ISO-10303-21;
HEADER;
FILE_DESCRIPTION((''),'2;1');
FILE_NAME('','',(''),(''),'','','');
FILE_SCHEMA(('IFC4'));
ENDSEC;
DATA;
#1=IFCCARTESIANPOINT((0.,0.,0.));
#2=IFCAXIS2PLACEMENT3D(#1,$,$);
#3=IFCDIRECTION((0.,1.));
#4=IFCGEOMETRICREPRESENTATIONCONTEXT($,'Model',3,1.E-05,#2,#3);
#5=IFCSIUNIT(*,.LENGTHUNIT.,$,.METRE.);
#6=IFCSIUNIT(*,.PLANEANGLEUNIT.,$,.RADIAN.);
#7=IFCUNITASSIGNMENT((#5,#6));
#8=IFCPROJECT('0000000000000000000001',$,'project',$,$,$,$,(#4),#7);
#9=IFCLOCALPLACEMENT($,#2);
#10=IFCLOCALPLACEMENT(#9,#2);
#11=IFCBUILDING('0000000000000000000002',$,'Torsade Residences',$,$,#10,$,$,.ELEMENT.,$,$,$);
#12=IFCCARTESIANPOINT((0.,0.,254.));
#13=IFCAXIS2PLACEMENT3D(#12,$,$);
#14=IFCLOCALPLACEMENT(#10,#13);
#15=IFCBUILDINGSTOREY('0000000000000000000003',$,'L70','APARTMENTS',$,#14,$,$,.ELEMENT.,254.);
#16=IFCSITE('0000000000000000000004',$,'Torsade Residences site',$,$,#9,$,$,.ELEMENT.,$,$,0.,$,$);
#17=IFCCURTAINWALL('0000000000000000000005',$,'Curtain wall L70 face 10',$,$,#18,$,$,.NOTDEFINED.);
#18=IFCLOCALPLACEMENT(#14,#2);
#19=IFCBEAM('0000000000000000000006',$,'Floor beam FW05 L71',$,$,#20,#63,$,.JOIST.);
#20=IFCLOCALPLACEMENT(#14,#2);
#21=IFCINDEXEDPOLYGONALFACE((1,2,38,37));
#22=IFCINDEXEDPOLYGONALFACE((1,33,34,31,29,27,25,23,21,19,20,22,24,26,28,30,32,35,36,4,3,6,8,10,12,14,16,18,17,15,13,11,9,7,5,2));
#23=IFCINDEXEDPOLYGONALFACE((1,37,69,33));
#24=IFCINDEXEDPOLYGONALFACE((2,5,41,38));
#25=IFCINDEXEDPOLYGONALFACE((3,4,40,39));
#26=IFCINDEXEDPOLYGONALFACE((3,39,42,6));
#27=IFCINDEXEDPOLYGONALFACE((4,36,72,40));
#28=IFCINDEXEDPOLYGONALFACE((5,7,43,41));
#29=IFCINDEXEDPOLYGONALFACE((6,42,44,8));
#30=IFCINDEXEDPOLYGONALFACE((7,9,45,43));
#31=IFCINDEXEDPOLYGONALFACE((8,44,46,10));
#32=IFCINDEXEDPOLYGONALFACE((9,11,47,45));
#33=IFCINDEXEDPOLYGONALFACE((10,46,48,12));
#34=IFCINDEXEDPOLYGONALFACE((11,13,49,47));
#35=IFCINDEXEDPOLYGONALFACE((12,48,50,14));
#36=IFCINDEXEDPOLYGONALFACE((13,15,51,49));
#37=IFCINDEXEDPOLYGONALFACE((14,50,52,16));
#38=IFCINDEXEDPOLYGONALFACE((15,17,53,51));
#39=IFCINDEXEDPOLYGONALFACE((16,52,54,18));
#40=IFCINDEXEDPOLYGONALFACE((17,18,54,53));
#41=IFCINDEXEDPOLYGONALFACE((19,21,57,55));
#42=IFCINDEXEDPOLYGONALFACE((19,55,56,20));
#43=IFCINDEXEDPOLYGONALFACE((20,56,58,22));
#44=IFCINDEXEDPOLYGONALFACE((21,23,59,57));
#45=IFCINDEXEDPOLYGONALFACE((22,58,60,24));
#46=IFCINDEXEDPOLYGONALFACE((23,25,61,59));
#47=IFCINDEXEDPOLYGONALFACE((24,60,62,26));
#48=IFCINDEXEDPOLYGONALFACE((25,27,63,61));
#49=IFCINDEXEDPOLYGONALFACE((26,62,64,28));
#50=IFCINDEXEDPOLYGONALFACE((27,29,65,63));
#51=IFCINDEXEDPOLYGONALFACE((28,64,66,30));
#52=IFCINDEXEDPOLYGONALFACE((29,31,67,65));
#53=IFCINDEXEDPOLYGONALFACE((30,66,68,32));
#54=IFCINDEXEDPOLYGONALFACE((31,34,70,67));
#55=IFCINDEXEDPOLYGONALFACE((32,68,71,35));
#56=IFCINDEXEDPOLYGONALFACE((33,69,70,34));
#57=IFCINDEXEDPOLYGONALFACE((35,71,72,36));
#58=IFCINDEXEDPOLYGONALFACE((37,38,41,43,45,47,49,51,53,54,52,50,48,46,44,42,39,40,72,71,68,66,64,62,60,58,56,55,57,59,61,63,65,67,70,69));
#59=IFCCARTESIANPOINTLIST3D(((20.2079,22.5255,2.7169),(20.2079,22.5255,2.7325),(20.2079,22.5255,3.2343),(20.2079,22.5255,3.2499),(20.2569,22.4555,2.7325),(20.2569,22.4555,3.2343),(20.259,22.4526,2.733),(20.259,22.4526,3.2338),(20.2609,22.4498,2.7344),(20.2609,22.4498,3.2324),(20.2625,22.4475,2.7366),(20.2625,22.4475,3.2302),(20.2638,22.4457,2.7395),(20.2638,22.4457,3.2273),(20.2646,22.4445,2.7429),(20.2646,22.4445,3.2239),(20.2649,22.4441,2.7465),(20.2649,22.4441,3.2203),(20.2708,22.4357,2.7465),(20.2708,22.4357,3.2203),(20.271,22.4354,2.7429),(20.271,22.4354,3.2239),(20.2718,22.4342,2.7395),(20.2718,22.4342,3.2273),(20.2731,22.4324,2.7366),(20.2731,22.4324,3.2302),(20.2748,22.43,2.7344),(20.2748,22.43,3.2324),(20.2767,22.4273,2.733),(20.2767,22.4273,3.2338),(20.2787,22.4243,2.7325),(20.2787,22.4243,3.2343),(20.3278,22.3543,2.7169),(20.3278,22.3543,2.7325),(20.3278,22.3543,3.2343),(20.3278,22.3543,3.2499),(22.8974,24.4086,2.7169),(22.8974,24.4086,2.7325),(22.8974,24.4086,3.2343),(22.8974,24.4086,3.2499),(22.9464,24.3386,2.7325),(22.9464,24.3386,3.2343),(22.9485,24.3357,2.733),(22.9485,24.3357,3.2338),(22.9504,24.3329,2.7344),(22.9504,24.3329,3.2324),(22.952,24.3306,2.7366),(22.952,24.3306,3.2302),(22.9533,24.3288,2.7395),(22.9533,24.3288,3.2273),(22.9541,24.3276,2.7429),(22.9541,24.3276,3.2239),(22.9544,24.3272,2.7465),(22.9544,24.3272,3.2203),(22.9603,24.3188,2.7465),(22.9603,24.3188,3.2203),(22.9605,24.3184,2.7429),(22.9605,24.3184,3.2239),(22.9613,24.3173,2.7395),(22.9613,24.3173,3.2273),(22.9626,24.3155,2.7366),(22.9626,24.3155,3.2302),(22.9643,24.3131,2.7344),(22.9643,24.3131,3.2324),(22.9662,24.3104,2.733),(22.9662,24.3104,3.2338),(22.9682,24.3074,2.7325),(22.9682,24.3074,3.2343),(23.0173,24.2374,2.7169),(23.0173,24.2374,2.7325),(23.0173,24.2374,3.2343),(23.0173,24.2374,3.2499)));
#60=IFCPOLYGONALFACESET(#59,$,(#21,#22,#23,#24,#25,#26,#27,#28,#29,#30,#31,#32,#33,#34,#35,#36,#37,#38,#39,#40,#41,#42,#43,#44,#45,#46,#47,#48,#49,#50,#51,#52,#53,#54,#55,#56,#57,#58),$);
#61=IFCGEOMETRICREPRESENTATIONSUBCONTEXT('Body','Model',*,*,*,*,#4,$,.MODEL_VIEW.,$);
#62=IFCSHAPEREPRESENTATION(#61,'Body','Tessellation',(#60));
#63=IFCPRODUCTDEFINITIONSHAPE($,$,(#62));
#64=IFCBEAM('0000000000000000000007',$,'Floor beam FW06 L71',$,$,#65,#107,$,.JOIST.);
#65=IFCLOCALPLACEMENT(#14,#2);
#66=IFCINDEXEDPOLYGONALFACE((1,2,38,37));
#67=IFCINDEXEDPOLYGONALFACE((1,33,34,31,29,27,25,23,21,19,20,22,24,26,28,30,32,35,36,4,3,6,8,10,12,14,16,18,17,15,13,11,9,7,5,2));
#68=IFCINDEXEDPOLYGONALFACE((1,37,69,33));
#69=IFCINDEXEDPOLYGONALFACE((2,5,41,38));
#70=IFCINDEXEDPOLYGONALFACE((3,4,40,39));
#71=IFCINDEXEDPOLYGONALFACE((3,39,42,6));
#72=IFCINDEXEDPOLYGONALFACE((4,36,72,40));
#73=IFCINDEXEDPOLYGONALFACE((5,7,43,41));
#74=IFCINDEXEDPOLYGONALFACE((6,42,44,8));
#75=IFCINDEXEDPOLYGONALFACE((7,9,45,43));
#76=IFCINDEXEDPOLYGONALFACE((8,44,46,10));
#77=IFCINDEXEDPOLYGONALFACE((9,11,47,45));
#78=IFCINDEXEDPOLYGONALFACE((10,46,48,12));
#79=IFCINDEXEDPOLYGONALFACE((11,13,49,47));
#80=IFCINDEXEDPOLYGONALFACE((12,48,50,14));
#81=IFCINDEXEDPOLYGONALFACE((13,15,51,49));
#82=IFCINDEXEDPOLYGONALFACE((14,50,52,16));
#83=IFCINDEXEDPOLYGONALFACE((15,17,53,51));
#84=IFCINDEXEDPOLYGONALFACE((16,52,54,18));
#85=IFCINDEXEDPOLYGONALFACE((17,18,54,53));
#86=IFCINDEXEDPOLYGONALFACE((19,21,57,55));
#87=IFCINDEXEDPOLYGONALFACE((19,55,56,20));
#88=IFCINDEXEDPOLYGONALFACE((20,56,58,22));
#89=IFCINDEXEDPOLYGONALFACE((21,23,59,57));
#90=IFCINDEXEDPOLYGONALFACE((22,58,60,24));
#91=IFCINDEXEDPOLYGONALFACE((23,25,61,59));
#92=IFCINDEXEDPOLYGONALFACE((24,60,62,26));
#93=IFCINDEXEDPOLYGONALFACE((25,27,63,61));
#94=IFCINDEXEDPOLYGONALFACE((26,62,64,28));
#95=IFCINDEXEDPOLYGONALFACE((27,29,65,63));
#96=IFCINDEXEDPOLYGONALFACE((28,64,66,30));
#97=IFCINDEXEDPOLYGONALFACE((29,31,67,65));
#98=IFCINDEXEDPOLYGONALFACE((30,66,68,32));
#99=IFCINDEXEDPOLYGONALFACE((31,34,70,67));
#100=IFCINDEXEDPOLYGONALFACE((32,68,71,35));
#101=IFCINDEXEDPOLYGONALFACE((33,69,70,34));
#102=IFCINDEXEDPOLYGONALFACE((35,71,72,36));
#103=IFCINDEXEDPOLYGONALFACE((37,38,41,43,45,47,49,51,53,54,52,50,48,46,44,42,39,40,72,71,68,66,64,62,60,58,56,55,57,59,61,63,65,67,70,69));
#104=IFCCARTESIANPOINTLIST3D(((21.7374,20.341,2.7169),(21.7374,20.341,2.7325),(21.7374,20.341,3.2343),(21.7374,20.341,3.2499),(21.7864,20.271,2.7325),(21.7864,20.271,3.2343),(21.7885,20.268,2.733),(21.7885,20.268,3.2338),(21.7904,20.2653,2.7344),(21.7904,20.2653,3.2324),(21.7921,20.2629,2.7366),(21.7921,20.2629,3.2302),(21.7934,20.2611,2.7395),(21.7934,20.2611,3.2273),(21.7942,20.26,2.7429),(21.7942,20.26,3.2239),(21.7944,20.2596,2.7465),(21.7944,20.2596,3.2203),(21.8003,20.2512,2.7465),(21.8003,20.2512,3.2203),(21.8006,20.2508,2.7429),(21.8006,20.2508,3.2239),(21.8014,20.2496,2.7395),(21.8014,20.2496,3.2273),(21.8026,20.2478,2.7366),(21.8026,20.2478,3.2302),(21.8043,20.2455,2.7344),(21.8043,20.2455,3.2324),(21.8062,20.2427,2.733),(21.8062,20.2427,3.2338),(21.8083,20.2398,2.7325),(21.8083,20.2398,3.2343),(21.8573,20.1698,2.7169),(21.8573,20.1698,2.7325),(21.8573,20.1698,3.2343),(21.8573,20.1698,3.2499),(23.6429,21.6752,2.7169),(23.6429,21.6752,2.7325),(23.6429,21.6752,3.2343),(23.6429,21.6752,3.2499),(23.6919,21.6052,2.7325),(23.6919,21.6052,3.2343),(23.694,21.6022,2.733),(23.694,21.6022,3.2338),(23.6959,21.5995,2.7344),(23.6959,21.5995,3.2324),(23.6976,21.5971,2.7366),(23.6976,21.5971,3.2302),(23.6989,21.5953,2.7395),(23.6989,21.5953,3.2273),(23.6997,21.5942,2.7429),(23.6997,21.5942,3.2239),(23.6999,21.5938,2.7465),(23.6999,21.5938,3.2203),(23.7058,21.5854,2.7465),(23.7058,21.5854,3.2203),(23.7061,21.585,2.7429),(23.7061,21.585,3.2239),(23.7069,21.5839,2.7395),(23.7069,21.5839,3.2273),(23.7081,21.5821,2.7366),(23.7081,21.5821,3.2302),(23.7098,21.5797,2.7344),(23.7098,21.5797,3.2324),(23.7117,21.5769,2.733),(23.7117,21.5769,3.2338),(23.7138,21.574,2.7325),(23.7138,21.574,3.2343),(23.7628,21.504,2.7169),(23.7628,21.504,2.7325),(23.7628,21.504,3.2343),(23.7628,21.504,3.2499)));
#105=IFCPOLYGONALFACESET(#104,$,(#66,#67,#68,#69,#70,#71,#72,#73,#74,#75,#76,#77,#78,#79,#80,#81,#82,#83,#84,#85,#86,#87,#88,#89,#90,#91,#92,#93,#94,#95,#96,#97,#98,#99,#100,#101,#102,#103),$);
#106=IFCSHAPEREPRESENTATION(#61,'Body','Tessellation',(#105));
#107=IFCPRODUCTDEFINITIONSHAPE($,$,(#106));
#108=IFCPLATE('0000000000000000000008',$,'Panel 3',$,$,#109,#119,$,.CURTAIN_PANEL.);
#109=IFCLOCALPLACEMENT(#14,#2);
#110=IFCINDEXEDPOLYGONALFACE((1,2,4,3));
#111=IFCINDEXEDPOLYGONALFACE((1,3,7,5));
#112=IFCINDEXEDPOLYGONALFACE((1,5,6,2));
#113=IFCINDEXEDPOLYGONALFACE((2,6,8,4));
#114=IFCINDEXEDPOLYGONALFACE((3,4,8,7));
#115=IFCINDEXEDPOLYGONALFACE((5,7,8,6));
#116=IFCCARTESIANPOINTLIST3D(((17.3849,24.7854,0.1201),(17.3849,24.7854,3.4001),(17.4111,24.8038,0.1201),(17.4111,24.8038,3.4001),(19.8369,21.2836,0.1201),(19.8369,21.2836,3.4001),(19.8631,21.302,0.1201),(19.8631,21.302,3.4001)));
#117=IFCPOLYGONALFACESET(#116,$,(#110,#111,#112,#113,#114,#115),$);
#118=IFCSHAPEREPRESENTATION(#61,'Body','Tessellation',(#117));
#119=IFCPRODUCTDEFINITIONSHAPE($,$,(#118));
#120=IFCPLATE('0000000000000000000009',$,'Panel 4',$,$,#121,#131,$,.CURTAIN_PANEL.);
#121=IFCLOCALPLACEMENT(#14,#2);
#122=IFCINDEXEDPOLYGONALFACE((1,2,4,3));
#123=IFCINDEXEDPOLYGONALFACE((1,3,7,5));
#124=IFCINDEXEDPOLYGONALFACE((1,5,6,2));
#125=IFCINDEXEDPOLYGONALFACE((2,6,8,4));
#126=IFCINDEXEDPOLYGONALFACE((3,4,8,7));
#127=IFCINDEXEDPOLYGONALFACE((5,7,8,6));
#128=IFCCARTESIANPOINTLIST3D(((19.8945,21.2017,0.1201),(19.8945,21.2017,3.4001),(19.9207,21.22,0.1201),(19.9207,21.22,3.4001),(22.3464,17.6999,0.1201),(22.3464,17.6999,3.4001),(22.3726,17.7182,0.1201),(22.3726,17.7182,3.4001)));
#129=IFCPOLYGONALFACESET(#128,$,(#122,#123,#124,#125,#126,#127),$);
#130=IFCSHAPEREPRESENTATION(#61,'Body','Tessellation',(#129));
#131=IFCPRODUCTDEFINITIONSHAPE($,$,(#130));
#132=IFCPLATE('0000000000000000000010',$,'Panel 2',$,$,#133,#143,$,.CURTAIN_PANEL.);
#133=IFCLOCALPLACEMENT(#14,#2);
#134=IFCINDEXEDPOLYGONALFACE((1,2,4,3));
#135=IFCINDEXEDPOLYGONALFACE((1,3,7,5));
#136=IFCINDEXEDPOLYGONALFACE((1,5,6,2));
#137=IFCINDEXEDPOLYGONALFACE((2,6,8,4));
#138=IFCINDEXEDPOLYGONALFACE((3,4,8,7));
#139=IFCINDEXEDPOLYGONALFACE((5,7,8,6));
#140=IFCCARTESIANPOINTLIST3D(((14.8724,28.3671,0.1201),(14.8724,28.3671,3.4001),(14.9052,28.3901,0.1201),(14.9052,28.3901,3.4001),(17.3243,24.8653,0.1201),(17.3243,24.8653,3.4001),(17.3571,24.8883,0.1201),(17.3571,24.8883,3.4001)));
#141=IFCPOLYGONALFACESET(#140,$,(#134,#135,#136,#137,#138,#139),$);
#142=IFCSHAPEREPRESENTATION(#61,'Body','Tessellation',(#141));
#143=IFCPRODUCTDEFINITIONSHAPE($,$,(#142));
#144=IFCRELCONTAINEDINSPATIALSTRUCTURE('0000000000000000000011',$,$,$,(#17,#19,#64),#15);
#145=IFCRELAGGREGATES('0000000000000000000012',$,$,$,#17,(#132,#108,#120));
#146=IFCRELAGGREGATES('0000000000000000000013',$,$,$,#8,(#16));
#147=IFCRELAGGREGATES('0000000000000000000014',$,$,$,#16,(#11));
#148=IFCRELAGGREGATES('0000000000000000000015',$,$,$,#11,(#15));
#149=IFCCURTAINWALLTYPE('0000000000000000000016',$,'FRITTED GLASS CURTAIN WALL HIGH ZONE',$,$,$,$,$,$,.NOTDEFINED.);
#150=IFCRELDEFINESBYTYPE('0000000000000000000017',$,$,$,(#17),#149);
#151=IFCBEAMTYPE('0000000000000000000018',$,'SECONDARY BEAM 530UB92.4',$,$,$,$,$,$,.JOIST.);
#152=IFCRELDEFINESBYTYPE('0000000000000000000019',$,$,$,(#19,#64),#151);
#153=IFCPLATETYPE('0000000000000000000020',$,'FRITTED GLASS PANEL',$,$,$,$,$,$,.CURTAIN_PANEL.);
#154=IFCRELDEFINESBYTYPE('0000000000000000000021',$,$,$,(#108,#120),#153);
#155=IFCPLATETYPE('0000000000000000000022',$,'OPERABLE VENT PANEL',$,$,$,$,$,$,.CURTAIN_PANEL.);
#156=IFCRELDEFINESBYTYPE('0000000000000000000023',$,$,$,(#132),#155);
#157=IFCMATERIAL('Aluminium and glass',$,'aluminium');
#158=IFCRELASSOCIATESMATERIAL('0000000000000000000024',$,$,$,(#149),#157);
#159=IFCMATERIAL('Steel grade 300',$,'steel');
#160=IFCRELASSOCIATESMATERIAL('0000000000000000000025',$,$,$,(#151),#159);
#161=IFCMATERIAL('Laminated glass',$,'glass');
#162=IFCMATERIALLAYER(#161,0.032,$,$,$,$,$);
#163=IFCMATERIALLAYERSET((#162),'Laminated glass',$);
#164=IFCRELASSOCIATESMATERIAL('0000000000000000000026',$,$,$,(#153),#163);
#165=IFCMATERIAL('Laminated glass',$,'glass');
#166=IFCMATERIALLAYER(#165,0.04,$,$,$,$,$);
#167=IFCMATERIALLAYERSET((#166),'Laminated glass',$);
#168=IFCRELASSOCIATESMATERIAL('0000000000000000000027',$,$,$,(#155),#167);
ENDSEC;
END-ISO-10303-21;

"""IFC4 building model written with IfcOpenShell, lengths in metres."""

from ifc_helpers import new_model, si_unit, direction, frame, origin, origin_2d, place, context, subcontext, project, spatial, rectangle, i_section, extrude, material, layer, layer_set, material_profile, profile_set, type_object, element, aggregate, save


model = new_model("IFC4")

# Units and contexts
model_context = context("Model", 3, precision=1e-05, world=origin(), true_north=direction((0.0, 1.0)))
body_context = subcontext(model_context, "Body", "Model", "MODEL_VIEW")
ifc_project = project(units=[si_unit("LENGTHUNIT", "METRE"), si_unit("PLANEANGLEUNIT", "RADIAN")], contexts=[model_context])

# Site, building, storey
site_placement = place(None, origin())
site = spatial("IfcSite", under=ifc_project, at=site_placement, Name="Torsade Residences site", CompositionType="ELEMENT", RefElevation=0.0)
building_placement = place(site_placement, origin())
building = spatial("IfcBuilding", under=site, at=building_placement, Name="Torsade Residences", CompositionType="ELEMENT")
storey_placement = place(building_placement, frame((0.0, 0.0, 254.0)))
storey = spatial("IfcBuildingStorey", under=building, at=storey_placement, Name="L70", Description="APARTMENTS", CompositionType="ELEMENT", Elevation=254.0)

# Curtain wall
ifc_material_1 = material(Name="Aluminium and glass", Category="aluminium")
curtain_wall_type = type_object("IfcCurtainWallType", Name="FRITTED GLASS CURTAIN WALL HIGH ZONE", PredefinedType="NOTDEFINED", material=ifc_material_1)
curtain_wall_placement = place(storey_placement, origin())
curtain_wall = element("IfcCurtainWall", 1, at=curtain_wall_placement, inside=storey, type_object=curtain_wall_type, Name="Curtain wall L70 face 10", PredefinedType="NOTDEFINED")

# Beams
ifc_material_2 = material(Name="Steel grade 300", Category="steel")
ifc_material_profile_1 = material_profile(ifc_material_2, i_section(OverallWidth=0.209, OverallDepth=0.533, WebThickness=0.0103, FlangeThickness=0.0156, FilletRadius=0.0139, at=origin_2d()), Name="530UB92.4")
ifc_profile_set_1 = profile_set([ifc_material_profile_1], Name="Steel grade 300")
beam_type_1 = type_object("IfcBeamType", Name="SECONDARY BEAM 530UB92.4", PredefinedType="JOIST", material=ifc_profile_set_1)
beam_1_placement = place(storey_placement, frame((20.2678, 22.4399, 2.9834), z_axis=(0.819169, 0.573552, 0.0), x_axis=(-0.573552, 0.819169, 0.0)))
element("IfcBeam", 2, at=beam_1_placement, inside=storey, type_object=beam_type_1, Name="Floor beam FW05 L71", PredefinedType="JOIST", context=body_context, shape_type="SweptSolid", body=[
    extrude(i_section(OverallWidth=0.209, OverallDepth=0.533, WebThickness=0.0103, FlangeThickness=0.0156, FilletRadius=0.0139, at=origin_2d()), origin(), (0.0, 0.0, 1.0), 3.2832),
])
beam_2_placement = place(storey_placement, frame((21.7974, 20.2554, 2.9834), z_axis=(0.819158, 0.573568, 0.0), x_axis=(-0.573568, 0.819158, 0.0)))
element("IfcBeam", 3, at=beam_2_placement, inside=storey, type_object=beam_type_1, Name="Floor beam FW06 L71", PredefinedType="JOIST", context=body_context, shape_type="SweptSolid", body=[
    extrude(i_section(OverallWidth=0.209, OverallDepth=0.533, WebThickness=0.0103, FlangeThickness=0.0156, FilletRadius=0.0139, at=origin_2d()), origin(), (0.0, 0.0, 1.0), 2.3262),
])

# Plates
ifc_material_3 = material(Name="Laminated glass", Category="glass")
ifc_layer_1 = layer(ifc_material_3, 0.032)
ifc_layer_set_1 = layer_set([ifc_layer_1], Name="Laminated glass")
plate_type_1 = type_object("IfcPlateType", Name="FRITTED GLASS PANEL", PredefinedType="CURTAIN_PANEL", material=ifc_layer_set_1)
plate_1_placement = place(storey_placement, frame((18.624, 23.0437, 0.1201), z_axis=(0.0, 0.0, 1.0), x_axis=(0.573576, -0.819152, 0.0)))
plate_1 = element("IfcPlate", 4, at=plate_1_placement, type_object=plate_type_1, Name="Panel 3", PredefinedType="CURTAIN_PANEL", context=body_context, shape_type="SweptSolid", body=[
    extrude(rectangle(XDim=4.2749, YDim=0.032, at=origin_2d()), origin(), (0.0, 0.0, 1.0), 3.28),
])
plate_2_placement = place(storey_placement, frame((21.1335, 19.46, 0.1201), z_axis=(0.0, 0.0, 1.0), x_axis=(0.573576, -0.819152, 0.0)))
plate_2 = element("IfcPlate", 5, at=plate_2_placement, type_object=plate_type_1, Name="Panel 4", PredefinedType="CURTAIN_PANEL", context=body_context, shape_type="SweptSolid", body=[
    extrude(rectangle(XDim=4.2749, YDim=0.032, at=origin_2d()), origin(), (0.0, 0.0, 1.0), 3.28),
])
ifc_material_4 = material(Name="Laminated glass", Category="glass")
ifc_layer_2 = layer(ifc_material_4, 0.04)
ifc_layer_set_2 = layer_set([ifc_layer_2], Name="Laminated glass")
plate_type_2 = type_object("IfcPlateType", Name="OPERABLE VENT PANEL", PredefinedType="CURTAIN_PANEL", material=ifc_layer_set_2)
plate_3_placement = place(storey_placement, frame((16.1147, 26.6277, 0.1201), z_axis=(0.0, 0.0, 1.0), x_axis=(0.573576, -0.819152, 0.0)))
plate_3 = element("IfcPlate", 6, at=plate_3_placement, type_object=plate_type_2, Name="Panel 2", PredefinedType="CURTAIN_PANEL", context=body_context, shape_type="SweptSolid", body=[
    extrude(rectangle(XDim=4.2749, YDim=0.04, at=origin_2d()), origin(), (0.0, 0.0, 1.0), 3.28),
])
aggregate(curtain_wall, [plate_3, plate_1, plate_2])

save(model, "model.ifc")
